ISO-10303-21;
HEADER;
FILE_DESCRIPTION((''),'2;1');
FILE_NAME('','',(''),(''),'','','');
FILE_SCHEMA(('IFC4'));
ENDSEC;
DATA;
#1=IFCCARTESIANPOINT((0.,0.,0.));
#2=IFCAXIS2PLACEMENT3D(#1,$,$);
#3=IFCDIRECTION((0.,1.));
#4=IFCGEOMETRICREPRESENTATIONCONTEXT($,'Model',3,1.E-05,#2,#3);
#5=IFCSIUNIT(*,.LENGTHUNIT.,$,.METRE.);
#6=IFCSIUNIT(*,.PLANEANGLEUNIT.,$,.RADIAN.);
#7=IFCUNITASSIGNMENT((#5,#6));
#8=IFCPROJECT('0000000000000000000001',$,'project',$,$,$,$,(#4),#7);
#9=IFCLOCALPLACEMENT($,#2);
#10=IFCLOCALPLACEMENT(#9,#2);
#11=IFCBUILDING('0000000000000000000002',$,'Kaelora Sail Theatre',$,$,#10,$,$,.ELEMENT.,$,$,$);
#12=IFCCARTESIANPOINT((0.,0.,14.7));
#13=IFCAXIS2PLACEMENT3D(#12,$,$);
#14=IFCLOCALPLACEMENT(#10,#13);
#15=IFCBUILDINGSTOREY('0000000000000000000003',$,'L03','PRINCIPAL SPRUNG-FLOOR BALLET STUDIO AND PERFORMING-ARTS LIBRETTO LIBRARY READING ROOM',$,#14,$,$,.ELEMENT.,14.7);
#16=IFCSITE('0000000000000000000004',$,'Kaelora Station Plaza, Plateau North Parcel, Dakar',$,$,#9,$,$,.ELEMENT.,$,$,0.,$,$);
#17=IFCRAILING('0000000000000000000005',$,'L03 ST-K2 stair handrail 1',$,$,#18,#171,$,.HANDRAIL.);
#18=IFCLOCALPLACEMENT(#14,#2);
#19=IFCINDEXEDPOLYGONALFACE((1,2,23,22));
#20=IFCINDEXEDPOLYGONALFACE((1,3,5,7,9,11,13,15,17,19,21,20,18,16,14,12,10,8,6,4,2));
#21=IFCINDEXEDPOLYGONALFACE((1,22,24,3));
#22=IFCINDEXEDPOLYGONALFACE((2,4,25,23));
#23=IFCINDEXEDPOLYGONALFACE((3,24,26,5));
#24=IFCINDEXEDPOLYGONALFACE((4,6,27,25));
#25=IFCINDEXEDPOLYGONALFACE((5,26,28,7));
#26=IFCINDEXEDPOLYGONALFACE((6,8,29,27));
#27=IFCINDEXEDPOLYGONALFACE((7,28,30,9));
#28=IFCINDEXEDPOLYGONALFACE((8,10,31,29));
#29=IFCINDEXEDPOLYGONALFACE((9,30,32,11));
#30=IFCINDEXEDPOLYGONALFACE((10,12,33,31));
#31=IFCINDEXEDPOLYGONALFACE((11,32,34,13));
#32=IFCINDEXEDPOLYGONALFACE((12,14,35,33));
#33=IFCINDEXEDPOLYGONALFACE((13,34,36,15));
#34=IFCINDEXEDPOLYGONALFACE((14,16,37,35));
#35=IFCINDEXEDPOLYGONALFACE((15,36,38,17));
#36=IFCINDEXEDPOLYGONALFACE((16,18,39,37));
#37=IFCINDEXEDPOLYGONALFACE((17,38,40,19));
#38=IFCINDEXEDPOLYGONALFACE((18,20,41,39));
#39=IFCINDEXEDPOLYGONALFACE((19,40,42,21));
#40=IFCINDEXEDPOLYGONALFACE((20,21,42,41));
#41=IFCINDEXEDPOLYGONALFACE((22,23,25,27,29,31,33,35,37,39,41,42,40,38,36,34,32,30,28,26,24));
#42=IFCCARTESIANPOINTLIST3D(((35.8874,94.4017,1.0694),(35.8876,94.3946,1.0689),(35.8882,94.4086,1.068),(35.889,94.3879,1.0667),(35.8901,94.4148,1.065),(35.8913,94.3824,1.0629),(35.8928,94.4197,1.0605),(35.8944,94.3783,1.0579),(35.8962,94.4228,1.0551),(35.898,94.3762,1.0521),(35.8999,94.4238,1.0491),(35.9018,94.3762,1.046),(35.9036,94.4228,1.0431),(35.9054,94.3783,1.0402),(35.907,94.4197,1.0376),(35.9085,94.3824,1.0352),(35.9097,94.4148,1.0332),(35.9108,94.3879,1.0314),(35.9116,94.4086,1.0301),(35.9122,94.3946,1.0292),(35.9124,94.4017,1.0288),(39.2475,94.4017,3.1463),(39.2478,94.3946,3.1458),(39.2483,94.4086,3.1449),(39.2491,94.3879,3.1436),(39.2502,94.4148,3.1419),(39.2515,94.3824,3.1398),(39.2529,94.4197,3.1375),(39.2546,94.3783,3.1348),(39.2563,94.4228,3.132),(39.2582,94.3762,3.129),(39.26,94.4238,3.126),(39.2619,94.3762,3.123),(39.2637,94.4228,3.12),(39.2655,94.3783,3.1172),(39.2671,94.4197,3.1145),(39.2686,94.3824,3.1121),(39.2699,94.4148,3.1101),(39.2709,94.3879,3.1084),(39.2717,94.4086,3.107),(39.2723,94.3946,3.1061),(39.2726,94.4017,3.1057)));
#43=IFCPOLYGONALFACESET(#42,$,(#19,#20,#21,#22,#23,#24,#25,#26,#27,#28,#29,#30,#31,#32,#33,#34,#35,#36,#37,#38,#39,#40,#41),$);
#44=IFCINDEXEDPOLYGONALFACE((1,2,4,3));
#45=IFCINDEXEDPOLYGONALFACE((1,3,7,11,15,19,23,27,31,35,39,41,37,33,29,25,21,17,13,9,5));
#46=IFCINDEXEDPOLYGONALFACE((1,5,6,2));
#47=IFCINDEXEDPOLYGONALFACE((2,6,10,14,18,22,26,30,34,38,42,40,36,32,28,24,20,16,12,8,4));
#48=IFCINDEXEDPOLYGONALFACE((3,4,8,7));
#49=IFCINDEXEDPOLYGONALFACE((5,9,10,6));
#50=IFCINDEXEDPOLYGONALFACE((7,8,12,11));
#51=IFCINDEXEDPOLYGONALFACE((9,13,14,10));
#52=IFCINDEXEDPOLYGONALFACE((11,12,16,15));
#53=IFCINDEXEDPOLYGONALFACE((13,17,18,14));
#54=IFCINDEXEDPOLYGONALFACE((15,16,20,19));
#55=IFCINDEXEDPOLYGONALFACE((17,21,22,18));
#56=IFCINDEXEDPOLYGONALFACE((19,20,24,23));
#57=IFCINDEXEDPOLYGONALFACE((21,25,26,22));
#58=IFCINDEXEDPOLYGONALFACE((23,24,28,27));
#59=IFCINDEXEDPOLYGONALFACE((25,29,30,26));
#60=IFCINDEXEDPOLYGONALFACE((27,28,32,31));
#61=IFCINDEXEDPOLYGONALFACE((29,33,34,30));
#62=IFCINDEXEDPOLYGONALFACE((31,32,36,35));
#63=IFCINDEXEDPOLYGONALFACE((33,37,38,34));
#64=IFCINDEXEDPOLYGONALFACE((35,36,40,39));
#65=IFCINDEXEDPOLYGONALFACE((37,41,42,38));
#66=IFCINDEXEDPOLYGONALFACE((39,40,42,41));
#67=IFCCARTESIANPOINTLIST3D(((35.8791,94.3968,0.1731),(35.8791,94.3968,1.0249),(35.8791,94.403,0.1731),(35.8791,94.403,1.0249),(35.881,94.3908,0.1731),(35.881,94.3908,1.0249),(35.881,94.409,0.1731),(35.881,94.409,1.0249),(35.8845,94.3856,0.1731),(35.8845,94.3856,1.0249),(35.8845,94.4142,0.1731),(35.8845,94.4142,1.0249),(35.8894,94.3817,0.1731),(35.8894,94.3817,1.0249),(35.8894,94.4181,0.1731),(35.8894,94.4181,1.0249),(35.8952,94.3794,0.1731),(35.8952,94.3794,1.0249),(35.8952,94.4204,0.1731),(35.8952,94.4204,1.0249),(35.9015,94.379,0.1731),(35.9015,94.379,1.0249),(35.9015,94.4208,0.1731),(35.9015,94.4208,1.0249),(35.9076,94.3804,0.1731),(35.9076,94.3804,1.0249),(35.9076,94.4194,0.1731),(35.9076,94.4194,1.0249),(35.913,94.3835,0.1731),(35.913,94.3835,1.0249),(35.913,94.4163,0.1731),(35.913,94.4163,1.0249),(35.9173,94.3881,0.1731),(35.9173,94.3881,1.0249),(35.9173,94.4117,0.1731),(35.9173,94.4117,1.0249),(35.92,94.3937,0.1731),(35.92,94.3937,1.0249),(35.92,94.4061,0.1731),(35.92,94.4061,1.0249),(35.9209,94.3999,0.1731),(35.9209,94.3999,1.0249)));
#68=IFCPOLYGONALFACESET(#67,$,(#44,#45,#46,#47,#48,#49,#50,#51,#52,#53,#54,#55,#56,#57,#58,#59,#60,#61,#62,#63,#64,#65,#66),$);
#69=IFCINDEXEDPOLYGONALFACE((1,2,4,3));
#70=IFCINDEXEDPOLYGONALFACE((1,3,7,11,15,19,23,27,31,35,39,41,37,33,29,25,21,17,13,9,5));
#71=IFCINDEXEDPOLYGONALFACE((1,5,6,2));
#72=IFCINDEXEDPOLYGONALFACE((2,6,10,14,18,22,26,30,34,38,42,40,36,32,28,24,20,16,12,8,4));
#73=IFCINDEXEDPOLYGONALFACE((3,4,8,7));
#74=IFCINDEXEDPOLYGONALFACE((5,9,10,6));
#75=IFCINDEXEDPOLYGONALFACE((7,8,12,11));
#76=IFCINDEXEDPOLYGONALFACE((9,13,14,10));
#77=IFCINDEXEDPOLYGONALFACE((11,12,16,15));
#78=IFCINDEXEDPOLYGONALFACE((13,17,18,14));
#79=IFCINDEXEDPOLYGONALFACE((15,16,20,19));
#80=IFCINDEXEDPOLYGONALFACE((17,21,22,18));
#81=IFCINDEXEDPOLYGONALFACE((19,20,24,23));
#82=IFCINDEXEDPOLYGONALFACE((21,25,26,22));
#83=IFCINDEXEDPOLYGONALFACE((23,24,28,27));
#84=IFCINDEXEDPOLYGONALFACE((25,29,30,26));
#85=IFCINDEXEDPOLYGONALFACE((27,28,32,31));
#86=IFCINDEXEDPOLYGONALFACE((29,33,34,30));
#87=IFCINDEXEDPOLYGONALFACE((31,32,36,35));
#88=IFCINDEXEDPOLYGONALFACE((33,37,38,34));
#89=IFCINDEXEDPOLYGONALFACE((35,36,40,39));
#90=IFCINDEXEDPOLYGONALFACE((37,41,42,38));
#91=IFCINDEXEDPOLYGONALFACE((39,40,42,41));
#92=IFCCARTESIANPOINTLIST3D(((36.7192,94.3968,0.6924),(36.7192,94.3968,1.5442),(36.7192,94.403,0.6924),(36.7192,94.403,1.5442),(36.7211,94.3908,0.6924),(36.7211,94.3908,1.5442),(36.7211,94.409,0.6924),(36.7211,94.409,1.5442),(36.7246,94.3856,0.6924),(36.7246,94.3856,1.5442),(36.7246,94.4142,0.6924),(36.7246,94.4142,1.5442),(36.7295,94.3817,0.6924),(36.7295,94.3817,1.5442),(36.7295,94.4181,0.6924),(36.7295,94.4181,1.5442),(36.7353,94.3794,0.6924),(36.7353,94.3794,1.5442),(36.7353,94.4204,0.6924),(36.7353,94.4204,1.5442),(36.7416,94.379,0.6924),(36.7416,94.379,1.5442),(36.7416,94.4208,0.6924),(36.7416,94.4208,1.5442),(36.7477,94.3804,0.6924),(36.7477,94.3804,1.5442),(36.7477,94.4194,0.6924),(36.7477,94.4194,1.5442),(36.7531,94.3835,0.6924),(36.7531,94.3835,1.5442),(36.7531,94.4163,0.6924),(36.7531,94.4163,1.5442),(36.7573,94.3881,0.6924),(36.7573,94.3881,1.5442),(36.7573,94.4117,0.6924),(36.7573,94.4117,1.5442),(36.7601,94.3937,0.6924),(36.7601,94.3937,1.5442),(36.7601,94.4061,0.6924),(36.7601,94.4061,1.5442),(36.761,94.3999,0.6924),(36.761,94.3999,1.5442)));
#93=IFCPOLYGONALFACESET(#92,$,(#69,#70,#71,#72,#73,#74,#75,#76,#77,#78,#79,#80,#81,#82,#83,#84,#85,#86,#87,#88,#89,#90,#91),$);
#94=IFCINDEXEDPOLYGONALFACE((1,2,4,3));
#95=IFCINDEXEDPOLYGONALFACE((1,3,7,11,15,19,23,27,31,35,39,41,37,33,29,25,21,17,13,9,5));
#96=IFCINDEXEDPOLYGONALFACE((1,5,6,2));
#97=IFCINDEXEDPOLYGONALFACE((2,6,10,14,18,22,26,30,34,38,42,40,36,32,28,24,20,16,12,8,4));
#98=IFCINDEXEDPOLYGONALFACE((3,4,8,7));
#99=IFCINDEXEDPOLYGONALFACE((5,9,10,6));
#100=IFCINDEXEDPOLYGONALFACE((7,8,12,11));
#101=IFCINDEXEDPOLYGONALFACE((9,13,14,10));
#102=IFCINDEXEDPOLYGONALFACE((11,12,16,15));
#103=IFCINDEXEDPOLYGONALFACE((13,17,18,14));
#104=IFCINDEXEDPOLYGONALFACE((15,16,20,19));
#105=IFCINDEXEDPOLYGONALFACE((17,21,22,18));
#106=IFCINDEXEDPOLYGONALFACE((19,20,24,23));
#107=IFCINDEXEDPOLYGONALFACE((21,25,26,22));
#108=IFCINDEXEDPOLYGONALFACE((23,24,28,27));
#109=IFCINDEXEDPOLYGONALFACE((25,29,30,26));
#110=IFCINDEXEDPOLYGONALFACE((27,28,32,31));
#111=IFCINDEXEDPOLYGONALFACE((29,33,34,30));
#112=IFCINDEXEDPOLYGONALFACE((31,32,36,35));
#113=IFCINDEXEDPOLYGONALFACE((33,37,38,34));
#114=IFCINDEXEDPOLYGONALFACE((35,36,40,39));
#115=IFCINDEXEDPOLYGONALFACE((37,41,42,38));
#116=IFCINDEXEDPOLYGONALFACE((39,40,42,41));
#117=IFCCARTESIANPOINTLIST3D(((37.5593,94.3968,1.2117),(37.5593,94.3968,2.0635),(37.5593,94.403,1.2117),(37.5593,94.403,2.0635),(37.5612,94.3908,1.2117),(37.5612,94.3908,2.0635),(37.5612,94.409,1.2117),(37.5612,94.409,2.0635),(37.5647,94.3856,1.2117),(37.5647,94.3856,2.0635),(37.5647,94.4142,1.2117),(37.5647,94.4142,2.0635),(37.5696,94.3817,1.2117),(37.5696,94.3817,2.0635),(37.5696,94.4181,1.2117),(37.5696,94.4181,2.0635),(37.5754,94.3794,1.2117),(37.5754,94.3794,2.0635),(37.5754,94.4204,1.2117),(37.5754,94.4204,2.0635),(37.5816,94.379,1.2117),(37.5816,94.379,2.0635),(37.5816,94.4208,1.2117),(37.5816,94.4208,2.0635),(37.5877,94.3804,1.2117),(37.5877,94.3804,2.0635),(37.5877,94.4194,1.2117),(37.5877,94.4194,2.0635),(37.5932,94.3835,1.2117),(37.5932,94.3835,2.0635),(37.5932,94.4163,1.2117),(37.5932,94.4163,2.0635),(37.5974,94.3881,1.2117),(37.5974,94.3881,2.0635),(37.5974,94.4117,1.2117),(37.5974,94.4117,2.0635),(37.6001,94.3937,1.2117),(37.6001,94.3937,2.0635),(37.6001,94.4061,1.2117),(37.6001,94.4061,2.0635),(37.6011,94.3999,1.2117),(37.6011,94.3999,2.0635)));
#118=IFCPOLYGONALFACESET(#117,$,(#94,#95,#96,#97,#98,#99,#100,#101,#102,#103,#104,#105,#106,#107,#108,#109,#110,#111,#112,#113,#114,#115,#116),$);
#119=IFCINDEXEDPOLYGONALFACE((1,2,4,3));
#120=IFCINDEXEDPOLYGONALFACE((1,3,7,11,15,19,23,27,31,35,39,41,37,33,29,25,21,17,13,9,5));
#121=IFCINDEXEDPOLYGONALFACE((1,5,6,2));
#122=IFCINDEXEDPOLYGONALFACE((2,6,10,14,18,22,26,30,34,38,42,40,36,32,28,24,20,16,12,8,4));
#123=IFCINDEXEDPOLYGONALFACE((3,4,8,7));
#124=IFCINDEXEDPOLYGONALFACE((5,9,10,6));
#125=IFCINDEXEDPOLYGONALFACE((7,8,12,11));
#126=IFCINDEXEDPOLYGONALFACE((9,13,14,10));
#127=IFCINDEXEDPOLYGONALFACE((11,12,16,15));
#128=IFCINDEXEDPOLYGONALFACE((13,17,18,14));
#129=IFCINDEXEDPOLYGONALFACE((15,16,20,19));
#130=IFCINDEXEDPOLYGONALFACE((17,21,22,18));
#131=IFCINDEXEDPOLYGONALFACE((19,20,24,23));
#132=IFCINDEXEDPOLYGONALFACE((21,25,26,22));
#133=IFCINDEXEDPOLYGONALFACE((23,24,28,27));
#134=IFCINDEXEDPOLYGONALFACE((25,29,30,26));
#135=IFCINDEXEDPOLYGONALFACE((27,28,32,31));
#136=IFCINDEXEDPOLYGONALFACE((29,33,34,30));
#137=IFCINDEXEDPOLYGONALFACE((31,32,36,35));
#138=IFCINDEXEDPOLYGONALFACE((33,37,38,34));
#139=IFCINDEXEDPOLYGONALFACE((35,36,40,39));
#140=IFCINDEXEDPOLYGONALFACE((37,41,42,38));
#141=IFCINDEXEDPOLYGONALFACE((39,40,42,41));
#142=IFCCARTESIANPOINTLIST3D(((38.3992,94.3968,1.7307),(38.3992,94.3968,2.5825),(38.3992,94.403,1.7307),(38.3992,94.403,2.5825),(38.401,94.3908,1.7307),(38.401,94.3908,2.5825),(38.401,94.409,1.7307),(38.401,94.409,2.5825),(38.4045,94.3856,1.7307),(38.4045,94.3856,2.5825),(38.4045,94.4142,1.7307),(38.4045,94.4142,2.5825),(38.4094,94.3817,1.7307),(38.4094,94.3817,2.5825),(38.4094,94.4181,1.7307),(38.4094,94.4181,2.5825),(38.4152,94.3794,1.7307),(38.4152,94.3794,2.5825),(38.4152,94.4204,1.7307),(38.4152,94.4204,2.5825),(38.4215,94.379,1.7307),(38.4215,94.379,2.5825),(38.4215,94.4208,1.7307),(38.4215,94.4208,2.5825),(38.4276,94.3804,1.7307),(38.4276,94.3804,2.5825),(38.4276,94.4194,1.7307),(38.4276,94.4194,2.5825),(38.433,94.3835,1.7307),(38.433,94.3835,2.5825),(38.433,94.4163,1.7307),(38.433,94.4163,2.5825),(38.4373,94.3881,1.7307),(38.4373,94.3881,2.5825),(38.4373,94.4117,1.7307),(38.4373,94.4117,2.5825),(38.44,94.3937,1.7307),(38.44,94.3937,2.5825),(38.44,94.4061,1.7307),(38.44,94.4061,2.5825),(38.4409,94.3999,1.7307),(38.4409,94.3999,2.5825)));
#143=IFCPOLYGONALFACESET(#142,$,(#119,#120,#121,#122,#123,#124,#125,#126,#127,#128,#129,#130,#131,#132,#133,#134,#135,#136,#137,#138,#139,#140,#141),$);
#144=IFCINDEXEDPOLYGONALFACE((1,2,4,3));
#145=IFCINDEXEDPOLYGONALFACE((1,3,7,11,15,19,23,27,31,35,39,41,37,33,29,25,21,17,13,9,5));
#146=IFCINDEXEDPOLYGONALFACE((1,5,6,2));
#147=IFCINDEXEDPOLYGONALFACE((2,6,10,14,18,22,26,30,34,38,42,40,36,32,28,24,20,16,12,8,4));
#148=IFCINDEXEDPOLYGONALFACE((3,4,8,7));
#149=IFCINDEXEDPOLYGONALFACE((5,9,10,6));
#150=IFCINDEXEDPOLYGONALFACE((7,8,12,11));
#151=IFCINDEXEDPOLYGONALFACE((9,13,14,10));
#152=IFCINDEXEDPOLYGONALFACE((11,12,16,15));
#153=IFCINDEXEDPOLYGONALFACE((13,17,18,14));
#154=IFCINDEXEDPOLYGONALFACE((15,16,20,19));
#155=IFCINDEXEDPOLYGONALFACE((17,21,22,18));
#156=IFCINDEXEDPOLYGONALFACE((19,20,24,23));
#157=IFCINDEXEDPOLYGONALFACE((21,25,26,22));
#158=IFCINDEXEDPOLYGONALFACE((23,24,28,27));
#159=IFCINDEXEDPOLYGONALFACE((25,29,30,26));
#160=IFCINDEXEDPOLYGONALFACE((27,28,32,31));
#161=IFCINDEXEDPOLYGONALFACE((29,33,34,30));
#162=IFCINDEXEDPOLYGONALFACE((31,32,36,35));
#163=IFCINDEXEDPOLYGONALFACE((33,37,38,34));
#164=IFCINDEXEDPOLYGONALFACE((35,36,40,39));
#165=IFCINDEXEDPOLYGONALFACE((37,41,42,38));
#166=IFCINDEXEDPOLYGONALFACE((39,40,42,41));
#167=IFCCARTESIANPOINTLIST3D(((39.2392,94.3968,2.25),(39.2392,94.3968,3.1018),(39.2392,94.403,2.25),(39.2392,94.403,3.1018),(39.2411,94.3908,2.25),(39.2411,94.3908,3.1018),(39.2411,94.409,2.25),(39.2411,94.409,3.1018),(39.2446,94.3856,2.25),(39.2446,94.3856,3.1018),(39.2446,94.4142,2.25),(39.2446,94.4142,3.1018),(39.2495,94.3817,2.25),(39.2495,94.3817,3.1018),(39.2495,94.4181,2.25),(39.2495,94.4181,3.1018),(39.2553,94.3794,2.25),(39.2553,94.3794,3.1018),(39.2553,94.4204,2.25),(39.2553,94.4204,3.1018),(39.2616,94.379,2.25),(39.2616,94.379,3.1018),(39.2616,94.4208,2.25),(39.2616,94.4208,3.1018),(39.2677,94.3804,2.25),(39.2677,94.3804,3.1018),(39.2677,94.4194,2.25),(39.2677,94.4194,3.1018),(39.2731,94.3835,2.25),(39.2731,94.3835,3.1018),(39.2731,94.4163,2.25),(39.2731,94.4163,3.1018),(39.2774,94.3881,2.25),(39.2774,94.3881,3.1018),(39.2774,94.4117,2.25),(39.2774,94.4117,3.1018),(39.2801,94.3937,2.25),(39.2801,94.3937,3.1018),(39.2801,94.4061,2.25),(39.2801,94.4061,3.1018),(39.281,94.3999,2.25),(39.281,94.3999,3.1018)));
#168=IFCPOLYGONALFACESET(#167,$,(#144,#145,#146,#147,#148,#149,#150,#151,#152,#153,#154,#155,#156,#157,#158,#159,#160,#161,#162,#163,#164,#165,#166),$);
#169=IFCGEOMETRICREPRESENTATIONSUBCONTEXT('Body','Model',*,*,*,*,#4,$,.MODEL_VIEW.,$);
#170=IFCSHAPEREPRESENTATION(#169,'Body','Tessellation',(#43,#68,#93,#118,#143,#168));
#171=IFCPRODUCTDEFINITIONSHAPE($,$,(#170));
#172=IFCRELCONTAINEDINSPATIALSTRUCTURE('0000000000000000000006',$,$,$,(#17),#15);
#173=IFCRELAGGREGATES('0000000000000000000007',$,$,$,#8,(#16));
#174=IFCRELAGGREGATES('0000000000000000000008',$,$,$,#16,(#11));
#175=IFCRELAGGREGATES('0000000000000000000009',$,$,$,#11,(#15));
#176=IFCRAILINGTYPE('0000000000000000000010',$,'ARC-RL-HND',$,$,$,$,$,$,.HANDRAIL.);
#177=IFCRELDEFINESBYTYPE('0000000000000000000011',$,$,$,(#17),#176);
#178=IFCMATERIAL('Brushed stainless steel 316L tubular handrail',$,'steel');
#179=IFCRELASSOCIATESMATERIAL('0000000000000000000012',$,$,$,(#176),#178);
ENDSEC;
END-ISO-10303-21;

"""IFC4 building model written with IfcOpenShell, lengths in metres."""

from ifc_helpers import new_model, si_unit, direction, frame, origin, origin_2d, place, context, subcontext, project, spatial, circle, extrude, material, type_object, element, save


model = new_model("IFC4")

# Units and contexts
model_context = context("Model", 3, precision=1e-05, world=origin(), true_north=direction((0.0, 1.0)))
body_context = subcontext(model_context, "Body", "Model", "MODEL_VIEW")
ifc_project = project(units=[si_unit("LENGTHUNIT", "METRE"), si_unit("PLANEANGLEUNIT", "RADIAN")], contexts=[model_context])

# Site, building, storey
site_placement = place(None, origin())
site = spatial("IfcSite", under=ifc_project, at=site_placement, Name="Kaelora Station Plaza, Plateau North Parcel, Dakar", CompositionType="ELEMENT", RefElevation=0.0)
building_placement = place(site_placement, origin())
building = spatial("IfcBuilding", under=site, at=building_placement, Name="Kaelora Sail Theatre", CompositionType="ELEMENT")
storey_placement = place(building_placement, frame((0.0, 0.0, 14.7)))
storey = spatial("IfcBuildingStorey", under=building, at=storey_placement, Name="L03", Description="PRINCIPAL SPRUNG-FLOOR BALLET STUDIO AND PERFORMING-ARTS LIBRETTO LIBRARY READING ROOM", CompositionType="ELEMENT", Elevation=14.7)

# Railing
ifc_material_1 = material(Name="Brushed stainless steel 316L tubular handrail", Category="steel")
railing_type_1 = type_object("IfcRailingType", Name="ARC-RL-HND", PredefinedType="HANDRAIL", material=ifc_material_1)
railing_1_placement = place(storey_placement, frame((35.8999, 94.3999, 0.1731)))
element("IfcRailing", 1, at=railing_1_placement, inside=storey, type_object=railing_type_1, Name="L03 ST-K2 stair handrail 1", PredefinedType="HANDRAIL", context=body_context, shape_type="SweptSolid", body=[
    extrude(circle(Radius=0.0239, at=origin_2d()), frame((0.0, 0.0, 0.876), z_axis=(0.850623, 0.0, 0.525776), x_axis=(0.0, 1.0, 0.0)), (0.0, 0.0, 1.0), 3.9502),
    extrude(circle(Radius=0.021, at=origin_2d()), origin(), (0.0, 0.0, 1.0), 0.8518),
    extrude(circle(Radius=0.021, at=origin_2d()), frame((0.8401, 0.0, 0.5193)), (0.0, 0.0, 1.0), 0.8518),
    extrude(circle(Radius=0.021, at=origin_2d()), frame((1.6802, 0.0, 1.0386)), (0.0, 0.0, 1.0), 0.8518),
    extrude(circle(Radius=0.021, at=origin_2d()), frame((2.52, 0.0, 1.5576)), (0.0, 0.0, 1.0), 0.8518),
    extrude(circle(Radius=0.021, at=origin_2d()), frame((3.3601, 0.0, 2.0769)), (0.0, 0.0, 1.0), 0.8518),
])

save(model, "model.ifc")
